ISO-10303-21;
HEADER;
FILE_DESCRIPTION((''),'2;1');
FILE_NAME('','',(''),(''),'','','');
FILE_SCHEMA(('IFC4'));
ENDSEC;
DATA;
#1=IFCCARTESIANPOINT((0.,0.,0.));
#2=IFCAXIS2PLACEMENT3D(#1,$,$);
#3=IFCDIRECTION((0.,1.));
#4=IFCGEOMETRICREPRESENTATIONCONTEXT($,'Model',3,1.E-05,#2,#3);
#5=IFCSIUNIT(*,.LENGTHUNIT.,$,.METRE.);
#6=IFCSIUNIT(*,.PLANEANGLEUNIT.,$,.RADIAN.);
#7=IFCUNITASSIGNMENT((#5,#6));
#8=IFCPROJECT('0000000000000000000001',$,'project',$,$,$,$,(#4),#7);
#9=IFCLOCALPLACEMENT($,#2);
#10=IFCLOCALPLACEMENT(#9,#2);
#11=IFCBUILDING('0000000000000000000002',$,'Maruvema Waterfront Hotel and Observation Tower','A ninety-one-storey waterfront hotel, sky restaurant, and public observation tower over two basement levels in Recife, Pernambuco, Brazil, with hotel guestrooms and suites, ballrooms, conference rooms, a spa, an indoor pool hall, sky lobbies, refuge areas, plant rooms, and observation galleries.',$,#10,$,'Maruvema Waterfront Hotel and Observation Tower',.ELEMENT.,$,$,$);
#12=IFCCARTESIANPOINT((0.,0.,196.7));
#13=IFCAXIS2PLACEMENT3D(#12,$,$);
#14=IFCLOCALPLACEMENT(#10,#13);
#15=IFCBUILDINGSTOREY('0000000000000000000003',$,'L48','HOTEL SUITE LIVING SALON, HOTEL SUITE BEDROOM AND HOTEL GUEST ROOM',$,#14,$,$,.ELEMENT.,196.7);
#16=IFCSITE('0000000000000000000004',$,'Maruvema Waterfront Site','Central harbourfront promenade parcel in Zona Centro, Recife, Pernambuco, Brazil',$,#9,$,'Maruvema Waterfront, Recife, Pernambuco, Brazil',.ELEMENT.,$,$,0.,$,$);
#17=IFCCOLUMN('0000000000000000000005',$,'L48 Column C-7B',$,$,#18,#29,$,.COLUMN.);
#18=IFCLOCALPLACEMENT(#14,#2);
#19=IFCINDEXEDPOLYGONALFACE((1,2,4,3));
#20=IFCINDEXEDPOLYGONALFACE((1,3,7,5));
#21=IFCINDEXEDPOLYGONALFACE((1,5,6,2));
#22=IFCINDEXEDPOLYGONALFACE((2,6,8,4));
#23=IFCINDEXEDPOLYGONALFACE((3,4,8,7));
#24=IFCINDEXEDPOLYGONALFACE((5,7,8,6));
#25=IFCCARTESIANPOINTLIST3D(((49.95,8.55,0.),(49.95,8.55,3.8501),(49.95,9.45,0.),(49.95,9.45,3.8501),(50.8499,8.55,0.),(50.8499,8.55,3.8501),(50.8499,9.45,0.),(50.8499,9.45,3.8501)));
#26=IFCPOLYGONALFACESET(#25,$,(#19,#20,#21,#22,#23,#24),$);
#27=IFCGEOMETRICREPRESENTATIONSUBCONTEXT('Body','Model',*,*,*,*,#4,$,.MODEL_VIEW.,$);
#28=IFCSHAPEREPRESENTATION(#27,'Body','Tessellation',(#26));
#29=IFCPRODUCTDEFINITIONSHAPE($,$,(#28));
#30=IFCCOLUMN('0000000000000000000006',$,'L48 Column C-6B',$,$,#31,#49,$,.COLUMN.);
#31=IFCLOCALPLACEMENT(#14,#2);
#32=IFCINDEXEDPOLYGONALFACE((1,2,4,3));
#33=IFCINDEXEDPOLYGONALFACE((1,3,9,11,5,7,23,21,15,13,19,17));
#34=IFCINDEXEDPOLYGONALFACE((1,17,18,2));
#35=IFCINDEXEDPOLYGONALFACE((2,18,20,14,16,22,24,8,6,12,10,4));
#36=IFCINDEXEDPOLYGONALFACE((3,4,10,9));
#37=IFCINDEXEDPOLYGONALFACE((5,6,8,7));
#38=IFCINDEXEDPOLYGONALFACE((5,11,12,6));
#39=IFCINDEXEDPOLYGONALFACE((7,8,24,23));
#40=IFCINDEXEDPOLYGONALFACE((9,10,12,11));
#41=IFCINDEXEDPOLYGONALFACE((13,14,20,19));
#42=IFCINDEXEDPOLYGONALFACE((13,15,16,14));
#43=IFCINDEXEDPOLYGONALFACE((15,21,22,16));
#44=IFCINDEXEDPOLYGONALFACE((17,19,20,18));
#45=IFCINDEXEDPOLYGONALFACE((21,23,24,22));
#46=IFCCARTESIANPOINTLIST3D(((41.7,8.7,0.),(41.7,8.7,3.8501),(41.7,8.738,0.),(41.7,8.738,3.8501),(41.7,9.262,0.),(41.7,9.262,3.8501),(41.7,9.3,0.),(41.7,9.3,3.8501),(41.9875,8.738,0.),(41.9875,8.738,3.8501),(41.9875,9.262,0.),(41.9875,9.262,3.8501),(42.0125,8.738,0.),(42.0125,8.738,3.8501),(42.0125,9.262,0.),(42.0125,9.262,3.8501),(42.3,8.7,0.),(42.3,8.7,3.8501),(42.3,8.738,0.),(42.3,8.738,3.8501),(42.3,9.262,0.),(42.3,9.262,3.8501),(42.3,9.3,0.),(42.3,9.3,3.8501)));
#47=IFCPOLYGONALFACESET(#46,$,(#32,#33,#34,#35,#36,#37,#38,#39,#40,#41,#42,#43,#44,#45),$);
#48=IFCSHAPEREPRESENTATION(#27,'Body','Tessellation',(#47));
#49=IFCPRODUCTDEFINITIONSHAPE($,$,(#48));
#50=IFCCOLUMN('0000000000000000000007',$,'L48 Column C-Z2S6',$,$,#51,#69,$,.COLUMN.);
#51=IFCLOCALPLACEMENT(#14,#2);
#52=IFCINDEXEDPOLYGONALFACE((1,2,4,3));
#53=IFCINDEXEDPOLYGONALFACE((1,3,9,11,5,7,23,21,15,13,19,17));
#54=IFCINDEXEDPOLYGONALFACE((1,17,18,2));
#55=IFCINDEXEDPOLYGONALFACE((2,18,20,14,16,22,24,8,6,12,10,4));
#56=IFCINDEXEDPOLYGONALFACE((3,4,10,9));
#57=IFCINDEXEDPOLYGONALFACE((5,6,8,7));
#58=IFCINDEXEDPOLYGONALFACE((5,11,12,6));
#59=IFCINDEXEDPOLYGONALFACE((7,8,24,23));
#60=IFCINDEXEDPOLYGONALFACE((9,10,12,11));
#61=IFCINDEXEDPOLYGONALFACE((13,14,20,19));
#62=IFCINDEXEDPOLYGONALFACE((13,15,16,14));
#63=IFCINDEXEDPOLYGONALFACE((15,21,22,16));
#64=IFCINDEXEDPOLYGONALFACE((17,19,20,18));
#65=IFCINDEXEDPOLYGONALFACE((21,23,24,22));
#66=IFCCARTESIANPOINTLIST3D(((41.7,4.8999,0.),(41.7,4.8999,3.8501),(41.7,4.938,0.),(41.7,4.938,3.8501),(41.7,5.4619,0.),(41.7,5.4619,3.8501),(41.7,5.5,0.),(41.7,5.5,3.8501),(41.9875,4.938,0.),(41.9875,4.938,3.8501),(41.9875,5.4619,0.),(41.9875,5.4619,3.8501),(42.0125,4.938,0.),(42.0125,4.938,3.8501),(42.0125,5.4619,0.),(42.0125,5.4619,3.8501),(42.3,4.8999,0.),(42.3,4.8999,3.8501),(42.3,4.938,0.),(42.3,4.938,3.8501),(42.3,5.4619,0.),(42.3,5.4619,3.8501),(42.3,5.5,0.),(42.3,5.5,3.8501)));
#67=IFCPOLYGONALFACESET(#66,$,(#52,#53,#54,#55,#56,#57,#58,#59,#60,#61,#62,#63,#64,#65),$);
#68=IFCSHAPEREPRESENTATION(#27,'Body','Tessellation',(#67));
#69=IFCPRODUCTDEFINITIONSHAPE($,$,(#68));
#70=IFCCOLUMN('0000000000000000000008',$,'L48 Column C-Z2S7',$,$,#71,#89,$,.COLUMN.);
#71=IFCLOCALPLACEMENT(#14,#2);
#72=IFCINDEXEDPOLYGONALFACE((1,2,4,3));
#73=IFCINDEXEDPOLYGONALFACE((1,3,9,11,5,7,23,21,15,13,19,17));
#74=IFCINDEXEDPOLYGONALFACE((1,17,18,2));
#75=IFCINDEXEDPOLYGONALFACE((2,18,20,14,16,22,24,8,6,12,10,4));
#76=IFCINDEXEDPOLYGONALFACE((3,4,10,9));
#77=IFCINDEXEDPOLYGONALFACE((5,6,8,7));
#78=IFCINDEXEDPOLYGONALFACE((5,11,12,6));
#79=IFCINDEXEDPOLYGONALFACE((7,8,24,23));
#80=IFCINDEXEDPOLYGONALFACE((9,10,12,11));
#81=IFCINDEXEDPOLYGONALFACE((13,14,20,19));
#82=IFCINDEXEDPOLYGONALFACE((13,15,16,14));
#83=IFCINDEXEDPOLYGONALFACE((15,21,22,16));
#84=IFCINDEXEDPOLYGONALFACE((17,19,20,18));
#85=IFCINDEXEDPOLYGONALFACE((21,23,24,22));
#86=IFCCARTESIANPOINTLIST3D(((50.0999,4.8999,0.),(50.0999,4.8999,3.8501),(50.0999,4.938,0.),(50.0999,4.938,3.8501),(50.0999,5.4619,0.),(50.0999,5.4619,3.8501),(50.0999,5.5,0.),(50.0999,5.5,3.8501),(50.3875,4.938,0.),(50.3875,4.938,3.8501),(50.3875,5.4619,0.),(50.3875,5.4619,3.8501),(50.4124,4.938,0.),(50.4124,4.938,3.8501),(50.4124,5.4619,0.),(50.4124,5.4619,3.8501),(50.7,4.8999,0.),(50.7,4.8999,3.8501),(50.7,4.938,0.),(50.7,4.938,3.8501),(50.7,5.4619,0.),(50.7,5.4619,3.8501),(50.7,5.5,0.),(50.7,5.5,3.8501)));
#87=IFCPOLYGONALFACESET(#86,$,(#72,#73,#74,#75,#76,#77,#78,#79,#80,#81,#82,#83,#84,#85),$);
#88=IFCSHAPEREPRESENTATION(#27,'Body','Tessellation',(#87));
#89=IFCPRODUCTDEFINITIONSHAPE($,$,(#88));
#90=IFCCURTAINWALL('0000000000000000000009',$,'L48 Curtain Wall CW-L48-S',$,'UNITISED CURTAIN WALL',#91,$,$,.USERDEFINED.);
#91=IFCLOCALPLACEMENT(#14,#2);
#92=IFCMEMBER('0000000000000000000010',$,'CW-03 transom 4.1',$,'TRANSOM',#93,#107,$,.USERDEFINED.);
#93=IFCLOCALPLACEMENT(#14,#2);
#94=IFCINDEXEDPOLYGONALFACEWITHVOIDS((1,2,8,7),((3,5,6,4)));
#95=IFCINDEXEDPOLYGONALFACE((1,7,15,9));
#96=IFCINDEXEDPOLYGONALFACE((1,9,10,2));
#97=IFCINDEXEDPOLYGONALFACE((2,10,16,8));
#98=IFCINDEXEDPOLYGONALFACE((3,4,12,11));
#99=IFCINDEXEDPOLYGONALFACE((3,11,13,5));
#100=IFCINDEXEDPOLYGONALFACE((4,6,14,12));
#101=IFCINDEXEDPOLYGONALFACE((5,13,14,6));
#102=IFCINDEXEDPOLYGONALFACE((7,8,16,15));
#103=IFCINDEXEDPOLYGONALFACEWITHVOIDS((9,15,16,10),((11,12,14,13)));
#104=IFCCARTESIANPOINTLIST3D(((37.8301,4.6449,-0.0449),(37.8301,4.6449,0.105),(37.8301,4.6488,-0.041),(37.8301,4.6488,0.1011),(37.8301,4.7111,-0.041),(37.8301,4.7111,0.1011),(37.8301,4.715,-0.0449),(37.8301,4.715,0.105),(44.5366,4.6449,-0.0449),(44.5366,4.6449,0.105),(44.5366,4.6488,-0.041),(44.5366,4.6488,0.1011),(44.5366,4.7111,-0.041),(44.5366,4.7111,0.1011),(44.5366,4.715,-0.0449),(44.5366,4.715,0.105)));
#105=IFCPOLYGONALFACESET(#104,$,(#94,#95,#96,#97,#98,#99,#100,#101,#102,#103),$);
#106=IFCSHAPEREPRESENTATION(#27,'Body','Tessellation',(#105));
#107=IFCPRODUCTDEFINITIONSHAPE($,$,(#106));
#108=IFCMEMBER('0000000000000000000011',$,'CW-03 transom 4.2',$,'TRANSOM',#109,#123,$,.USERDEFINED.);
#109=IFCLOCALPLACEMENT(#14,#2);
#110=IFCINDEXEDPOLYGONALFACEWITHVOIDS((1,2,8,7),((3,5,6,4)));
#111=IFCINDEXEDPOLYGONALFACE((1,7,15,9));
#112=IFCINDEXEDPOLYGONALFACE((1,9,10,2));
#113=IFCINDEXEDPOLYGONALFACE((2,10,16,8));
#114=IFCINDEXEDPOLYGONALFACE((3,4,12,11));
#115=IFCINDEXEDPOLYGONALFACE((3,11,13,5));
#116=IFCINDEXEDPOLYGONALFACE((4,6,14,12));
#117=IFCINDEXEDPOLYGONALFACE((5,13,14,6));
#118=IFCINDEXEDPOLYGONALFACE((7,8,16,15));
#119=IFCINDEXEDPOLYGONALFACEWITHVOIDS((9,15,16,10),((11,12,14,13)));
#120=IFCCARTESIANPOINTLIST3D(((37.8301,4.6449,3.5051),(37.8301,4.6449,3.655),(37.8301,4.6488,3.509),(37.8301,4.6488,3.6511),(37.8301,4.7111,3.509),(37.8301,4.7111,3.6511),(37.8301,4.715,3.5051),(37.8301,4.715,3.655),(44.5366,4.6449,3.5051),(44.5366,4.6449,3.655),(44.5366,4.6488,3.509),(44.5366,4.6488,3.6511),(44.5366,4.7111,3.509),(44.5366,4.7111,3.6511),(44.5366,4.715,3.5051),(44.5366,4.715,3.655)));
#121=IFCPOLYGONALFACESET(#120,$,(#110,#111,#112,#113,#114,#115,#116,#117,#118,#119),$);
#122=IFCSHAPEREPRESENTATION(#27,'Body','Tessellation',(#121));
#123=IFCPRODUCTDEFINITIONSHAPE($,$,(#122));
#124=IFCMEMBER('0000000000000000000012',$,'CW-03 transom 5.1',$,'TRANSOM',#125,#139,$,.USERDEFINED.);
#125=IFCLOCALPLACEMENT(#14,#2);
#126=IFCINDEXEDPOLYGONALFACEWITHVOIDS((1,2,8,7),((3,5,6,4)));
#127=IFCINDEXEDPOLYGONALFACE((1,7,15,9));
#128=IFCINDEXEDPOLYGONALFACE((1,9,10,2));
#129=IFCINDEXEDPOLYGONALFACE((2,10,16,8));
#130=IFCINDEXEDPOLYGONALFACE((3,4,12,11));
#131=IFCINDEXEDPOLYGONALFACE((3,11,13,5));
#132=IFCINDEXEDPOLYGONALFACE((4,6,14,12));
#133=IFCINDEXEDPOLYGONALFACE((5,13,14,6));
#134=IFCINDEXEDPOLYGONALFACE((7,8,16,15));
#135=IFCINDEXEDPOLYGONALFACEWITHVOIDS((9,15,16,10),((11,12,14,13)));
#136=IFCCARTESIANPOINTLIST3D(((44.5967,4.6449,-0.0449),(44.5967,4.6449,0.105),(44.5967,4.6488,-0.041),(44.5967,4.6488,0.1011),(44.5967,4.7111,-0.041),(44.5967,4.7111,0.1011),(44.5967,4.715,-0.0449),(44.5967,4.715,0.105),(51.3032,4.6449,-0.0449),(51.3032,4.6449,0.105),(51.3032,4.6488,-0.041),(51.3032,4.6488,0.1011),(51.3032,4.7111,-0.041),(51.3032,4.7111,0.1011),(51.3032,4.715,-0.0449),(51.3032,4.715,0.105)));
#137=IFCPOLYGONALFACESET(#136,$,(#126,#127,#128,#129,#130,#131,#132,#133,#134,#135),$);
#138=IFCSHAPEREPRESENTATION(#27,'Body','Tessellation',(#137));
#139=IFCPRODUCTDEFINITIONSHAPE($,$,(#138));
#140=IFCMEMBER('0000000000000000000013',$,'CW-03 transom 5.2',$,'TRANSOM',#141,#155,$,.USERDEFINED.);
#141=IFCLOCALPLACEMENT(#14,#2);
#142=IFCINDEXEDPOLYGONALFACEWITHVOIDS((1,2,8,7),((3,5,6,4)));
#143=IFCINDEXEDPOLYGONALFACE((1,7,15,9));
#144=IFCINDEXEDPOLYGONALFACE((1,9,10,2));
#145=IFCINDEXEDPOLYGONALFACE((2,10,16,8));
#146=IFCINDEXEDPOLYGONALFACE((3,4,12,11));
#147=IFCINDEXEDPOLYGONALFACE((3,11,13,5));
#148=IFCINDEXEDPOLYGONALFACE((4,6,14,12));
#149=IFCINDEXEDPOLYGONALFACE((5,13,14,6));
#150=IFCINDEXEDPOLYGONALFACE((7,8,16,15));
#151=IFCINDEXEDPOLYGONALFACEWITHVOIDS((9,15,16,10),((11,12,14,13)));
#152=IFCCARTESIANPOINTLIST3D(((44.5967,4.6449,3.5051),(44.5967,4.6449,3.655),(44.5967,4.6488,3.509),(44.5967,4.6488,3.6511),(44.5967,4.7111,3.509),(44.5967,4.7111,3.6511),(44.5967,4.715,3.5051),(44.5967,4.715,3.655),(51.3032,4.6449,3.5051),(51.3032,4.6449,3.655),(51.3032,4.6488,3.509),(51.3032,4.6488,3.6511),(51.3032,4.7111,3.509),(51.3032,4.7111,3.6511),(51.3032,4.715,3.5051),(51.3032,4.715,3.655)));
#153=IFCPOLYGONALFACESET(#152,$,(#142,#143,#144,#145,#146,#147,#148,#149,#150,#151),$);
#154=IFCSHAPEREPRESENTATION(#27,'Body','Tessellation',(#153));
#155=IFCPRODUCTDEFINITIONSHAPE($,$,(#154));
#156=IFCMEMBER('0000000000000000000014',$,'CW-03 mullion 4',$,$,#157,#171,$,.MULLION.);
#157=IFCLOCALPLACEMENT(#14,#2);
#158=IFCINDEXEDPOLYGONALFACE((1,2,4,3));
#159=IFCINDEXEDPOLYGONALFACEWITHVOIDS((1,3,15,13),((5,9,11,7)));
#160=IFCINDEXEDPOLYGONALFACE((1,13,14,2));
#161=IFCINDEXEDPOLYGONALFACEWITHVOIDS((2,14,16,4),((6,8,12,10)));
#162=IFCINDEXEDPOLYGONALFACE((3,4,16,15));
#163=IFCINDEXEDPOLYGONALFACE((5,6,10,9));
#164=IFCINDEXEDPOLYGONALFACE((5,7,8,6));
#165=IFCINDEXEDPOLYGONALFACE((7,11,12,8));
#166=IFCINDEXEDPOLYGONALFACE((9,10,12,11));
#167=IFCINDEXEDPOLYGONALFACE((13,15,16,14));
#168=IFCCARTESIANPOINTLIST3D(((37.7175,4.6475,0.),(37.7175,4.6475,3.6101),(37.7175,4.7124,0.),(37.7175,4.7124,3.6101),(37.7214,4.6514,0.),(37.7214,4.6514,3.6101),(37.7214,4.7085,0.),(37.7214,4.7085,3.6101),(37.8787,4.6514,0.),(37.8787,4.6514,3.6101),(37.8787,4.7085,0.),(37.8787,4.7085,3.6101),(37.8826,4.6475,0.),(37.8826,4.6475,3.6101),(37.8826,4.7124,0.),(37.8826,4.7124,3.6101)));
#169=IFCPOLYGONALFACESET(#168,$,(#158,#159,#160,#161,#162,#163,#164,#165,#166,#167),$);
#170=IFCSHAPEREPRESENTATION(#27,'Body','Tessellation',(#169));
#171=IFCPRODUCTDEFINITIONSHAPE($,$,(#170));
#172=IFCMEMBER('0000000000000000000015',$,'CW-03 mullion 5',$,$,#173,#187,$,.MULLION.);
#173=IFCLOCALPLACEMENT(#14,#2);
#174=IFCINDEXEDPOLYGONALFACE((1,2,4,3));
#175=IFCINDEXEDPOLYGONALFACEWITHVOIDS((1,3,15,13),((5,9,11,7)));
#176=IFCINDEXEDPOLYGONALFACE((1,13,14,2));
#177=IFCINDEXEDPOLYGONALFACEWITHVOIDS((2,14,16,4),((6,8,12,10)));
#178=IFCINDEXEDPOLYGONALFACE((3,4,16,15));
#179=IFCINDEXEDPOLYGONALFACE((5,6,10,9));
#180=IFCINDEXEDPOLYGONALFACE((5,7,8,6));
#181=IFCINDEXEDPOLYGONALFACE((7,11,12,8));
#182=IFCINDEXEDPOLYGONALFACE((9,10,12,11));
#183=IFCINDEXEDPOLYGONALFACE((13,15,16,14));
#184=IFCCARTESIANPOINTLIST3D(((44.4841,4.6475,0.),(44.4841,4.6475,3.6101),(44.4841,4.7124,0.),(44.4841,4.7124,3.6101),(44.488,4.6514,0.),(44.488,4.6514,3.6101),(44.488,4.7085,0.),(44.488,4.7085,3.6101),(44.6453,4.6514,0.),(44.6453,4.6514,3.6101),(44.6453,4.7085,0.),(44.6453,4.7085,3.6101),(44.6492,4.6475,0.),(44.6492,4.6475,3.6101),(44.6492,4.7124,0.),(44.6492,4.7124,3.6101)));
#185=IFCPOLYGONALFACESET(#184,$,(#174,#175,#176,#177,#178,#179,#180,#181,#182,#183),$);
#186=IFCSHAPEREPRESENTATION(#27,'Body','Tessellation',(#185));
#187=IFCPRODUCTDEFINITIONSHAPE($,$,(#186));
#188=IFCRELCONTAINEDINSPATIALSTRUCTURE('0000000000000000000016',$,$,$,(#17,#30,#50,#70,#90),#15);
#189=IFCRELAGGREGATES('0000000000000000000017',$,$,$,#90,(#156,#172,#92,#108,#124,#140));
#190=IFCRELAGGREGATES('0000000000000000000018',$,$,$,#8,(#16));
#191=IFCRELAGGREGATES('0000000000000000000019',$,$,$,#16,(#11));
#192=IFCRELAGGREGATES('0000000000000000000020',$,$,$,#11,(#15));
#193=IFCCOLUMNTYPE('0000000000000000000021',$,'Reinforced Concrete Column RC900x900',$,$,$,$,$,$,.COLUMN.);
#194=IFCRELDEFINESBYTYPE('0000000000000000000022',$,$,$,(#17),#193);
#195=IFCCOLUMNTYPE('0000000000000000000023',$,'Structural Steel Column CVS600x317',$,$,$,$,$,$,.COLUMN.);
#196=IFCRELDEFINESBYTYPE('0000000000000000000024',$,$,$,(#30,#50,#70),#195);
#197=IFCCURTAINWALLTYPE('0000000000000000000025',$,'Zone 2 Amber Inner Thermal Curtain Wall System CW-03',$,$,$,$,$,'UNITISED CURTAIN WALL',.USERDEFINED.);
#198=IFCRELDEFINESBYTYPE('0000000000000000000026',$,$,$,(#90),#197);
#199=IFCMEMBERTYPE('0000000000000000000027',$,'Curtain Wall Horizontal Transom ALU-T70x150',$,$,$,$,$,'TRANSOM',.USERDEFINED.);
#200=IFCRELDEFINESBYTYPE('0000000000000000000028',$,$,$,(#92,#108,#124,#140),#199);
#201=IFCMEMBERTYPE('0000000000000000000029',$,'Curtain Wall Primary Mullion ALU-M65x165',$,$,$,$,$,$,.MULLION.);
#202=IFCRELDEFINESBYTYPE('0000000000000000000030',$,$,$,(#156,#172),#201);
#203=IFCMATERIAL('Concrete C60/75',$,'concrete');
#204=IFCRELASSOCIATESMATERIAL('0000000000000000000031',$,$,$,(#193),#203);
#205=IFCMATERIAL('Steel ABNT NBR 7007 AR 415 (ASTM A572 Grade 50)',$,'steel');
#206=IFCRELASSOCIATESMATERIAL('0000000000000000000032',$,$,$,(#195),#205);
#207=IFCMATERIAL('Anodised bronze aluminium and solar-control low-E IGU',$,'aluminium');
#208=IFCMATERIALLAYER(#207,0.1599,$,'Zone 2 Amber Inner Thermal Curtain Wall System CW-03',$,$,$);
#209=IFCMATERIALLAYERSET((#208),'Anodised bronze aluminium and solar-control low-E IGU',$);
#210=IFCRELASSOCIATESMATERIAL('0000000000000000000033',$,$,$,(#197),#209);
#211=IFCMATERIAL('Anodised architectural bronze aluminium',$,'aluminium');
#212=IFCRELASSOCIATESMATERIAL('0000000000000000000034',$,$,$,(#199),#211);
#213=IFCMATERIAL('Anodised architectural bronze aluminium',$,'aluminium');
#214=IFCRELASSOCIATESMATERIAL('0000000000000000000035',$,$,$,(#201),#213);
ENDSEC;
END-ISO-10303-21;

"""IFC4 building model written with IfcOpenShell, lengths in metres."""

from ifc_helpers import new_model, si_unit, direction, frame, origin, origin_2d, place, context, subcontext, project, spatial, rectangle, hollow_rectangle, i_section, extrude, material, layer, layer_set, material_profile, profile_set, type_object, element, aggregate, save


model = new_model("IFC4")

# Units and contexts
model_context = context("Model", 3, precision=1e-05, world=origin(), true_north=direction((0.0, 1.0)))
body_context = subcontext(model_context, "Body", "Model", "MODEL_VIEW")
ifc_project = project(units=[si_unit("LENGTHUNIT", "METRE"), si_unit("PLANEANGLEUNIT", "RADIAN")], contexts=[model_context])

# Site, building, storey
site_placement = place(None, origin())
site = spatial("IfcSite", under=ifc_project, at=site_placement, Name="Maruvema Waterfront Site", Description="Central harbourfront promenade parcel in Zona Centro, Recife, Pernambuco, Brazil", LongName="Maruvema Waterfront, Recife, Pernambuco, Brazil", CompositionType="ELEMENT", RefElevation=0.0)
building_placement = place(site_placement, origin())
building = spatial("IfcBuilding", under=site, at=building_placement, Name="Maruvema Waterfront Hotel and Observation Tower", Description="A ninety-one-storey waterfront hotel, sky restaurant, and public observation tower over two basement levels in Recife, Pernambuco, Brazil, with hotel guestrooms and suites, ballrooms, conference rooms, a spa, an indoor pool hall, sky lobbies, refuge areas, plant rooms, and observation galleries.", LongName="Maruvema Waterfront Hotel and Observation Tower", CompositionType="ELEMENT")
storey_placement = place(building_placement, frame((0.0, 0.0, 196.7)))
storey = spatial("IfcBuildingStorey", under=building, at=storey_placement, Name="L48", Description="HOTEL SUITE LIVING SALON, HOTEL SUITE BEDROOM AND HOTEL GUEST ROOM", CompositionType="ELEMENT", Elevation=196.7)

# Columns
ifc_material_1 = material(Name="Concrete C60/75", Category="concrete")
ifc_material_profile_1 = material_profile(ifc_material_1, rectangle(XDim=0.8999, YDim=0.8999, at=origin_2d()), Name="RC900x900")
ifc_profile_set_1 = profile_set([ifc_material_profile_1], Name="Concrete C60/75")
column_type_1 = type_object("IfcColumnType", Name="Reinforced Concrete Column RC900x900", PredefinedType="COLUMN", material=ifc_profile_set_1)
column_placement = place(storey_placement, frame((50.3999, 9.0, 0.0), z_axis=(0.0, 0.0, 1.0), x_axis=(1.0, 0.0, 0.0)))
element("IfcColumn", 1, at=column_placement, inside=storey, type_object=column_type_1, Name="L48 Column C-7B", PredefinedType="COLUMN", context=body_context, shape_type="SweptSolid", body=[
    extrude(rectangle(XDim=0.8999, YDim=0.8999, at=origin_2d()), origin(), (0.0, 0.0, 1.0), 3.8501),
])
ifc_material_2 = material(Name="Steel ABNT NBR 7007 AR 415 (ASTM A572 Grade 50)", Category="steel")
ifc_material_profile_2 = material_profile(ifc_material_2, i_section(OverallWidth=0.6001, OverallDepth=0.6001, WebThickness=0.0249, FlangeThickness=0.0381, at=origin_2d()), Name="CVS600x317")
ifc_profile_set_2 = profile_set([ifc_material_profile_2], Name="Steel ABNT NBR 7007 AR 415 (ASTM A572 Grade 50)")
column_type_2 = type_object("IfcColumnType", Name="Structural Steel Column CVS600x317", PredefinedType="COLUMN", material=ifc_profile_set_2)
for number, where, z_axis, x_axis, name in (
    (2, (42.0, 9.0, 0.0), (0.0, 0.0, 1.0), (1.0, 0.0, 0.0), "L48 Column C-6B"),
    (3, (42.0, 5.2, 0.0), (0.0, 0.0, 1.0), (1.0, 0.0, 0.0), "L48 Column C-Z2S6"),
    (4, (50.3999, 5.2, 0.0), (0.0, 0.0, 1.0), (1.0, 0.0, 0.0), "L48 Column C-Z2S7"),
):
    element("IfcColumn", number, at=place(storey_placement, frame(where, z_axis=z_axis, x_axis=x_axis)), inside=storey, type_object=column_type_2, Name=name, PredefinedType="COLUMN", context=body_context, shape_type="SweptSolid", body=[
        extrude(i_section(OverallWidth=0.6001, OverallDepth=0.6001, WebThickness=0.0249, FlangeThickness=0.0381, at=origin_2d()), origin(), (0.0, 0.0, 1.0), 3.8501),
    ])

# Curtain wall, members
ifc_material_3 = material(Name="Anodised bronze aluminium and solar-control low-E IGU", Category="aluminium")
ifc_layer_1 = layer(ifc_material_3, 0.1599, Name="Zone 2 Amber Inner Thermal Curtain Wall System CW-03")
ifc_layer_set_1 = layer_set([ifc_layer_1], Name="Anodised bronze aluminium and solar-control low-E IGU")
curtain_wall_type = type_object("IfcCurtainWallType", Name="Zone 2 Amber Inner Thermal Curtain Wall System CW-03", ElementType="UNITISED CURTAIN WALL", PredefinedType="USERDEFINED", material=ifc_layer_set_1)
curtain_wall_placement = place(storey_placement, origin())
curtain_wall = element("IfcCurtainWall", 5, at=curtain_wall_placement, inside=storey, type_object=curtain_wall_type, Name="L48 Curtain Wall CW-L48-S", ObjectType="UNITISED CURTAIN WALL", PredefinedType="USERDEFINED")
ifc_material_4 = material(Name="Anodised architectural bronze aluminium", Category="aluminium")
ifc_material_profile_3 = material_profile(ifc_material_4, hollow_rectangle(XDim=0.0701, YDim=0.1499, WallThickness=0.0039, at=origin_2d()), Name="ALU-T70x150")
ifc_profile_set_3 = profile_set([ifc_material_profile_3], Name="Anodised architectural bronze aluminium")
member_type_1 = type_object("IfcMemberType", Name="Curtain Wall Horizontal Transom ALU-T70x150", ElementType="TRANSOM", PredefinedType="USERDEFINED", material=ifc_profile_set_3)
member_1_placement = place(storey_placement, frame((37.8301, 4.6799, 0.03), z_axis=(1.0, 0.0, 0.0), x_axis=(0.0, 1.0, 0.0)))
member_1 = element("IfcMember", 6, at=member_1_placement, type_object=member_type_1, Name="CW-03 transom 4.1", ObjectType="TRANSOM", PredefinedType="USERDEFINED", context=body_context, shape_type="SweptSolid", body=[
    extrude(hollow_rectangle(XDim=0.0701, YDim=0.1499, WallThickness=0.0039, at=origin_2d()), origin(), (0.0, 0.0, 1.0), 6.7065),
])
member_2_placement = place(storey_placement, frame((37.8301, 4.6799, 3.5801), z_axis=(1.0, 0.0, 0.0), x_axis=(0.0, 1.0, 0.0)))
member_2 = element("IfcMember", 7, at=member_2_placement, type_object=member_type_1, Name="CW-03 transom 4.2", ObjectType="TRANSOM", PredefinedType="USERDEFINED", context=body_context, shape_type="SweptSolid", body=[
    extrude(hollow_rectangle(XDim=0.0701, YDim=0.1499, WallThickness=0.0039, at=origin_2d()), origin(), (0.0, 0.0, 1.0), 6.7065),
])
member_3_placement = place(storey_placement, frame((44.5967, 4.6799, 0.03), z_axis=(1.0, 0.0, 0.0), x_axis=(0.0, 1.0, 0.0)))
member_3 = element("IfcMember", 8, at=member_3_placement, type_object=member_type_1, Name="CW-03 transom 5.1", ObjectType="TRANSOM", PredefinedType="USERDEFINED", context=body_context, shape_type="SweptSolid", body=[
    extrude(hollow_rectangle(XDim=0.0701, YDim=0.1499, WallThickness=0.0039, at=origin_2d()), origin(), (0.0, 0.0, 1.0), 6.7065),
])
member_4_placement = place(storey_placement, frame((44.5967, 4.6799, 3.5801), z_axis=(1.0, 0.0, 0.0), x_axis=(0.0, 1.0, 0.0)))
member_4 = element("IfcMember", 9, at=member_4_placement, type_object=member_type_1, Name="CW-03 transom 5.2", ObjectType="TRANSOM", PredefinedType="USERDEFINED", context=body_context, shape_type="SweptSolid", body=[
    extrude(hollow_rectangle(XDim=0.0701, YDim=0.1499, WallThickness=0.0039, at=origin_2d()), origin(), (0.0, 0.0, 1.0), 6.7065),
])
ifc_material_5 = material(Name="Anodised architectural bronze aluminium", Category="aluminium")
ifc_material_profile_4 = material_profile(ifc_material_5, hollow_rectangle(XDim=0.0649, YDim=0.165, WallThickness=0.0039, at=origin_2d()), Name="ALU-M65x165")
ifc_profile_set_4 = profile_set([ifc_material_profile_4], Name="Anodised architectural bronze aluminium")
member_type_2 = type_object("IfcMemberType", Name="Curtain Wall Primary Mullion ALU-M65x165", PredefinedType="MULLION", material=ifc_profile_set_4)
member_5_placement = place(storey_placement, frame((37.8, 4.6799, 0.0), z_axis=(0.0, 0.0, 1.0), x_axis=(0.0, 1.0, 0.0)))
member_5 = element("IfcMember", 10, at=member_5_placement, type_object=member_type_2, Name="CW-03 mullion 4", PredefinedType="MULLION", context=body_context, shape_type="SweptSolid", body=[
    extrude(hollow_rectangle(XDim=0.0649, YDim=0.165, WallThickness=0.0039, at=origin_2d()), origin(), (0.0, 0.0, 1.0), 3.6101),
])
member_6_placement = place(storey_placement, frame((44.5667, 4.6799, 0.0), z_axis=(0.0, 0.0, 1.0), x_axis=(0.0, 1.0, 0.0)))
member_6 = element("IfcMember", 11, at=member_6_placement, type_object=member_type_2, Name="CW-03 mullion 5", PredefinedType="MULLION", context=body_context, shape_type="SweptSolid", body=[
    extrude(hollow_rectangle(XDim=0.0649, YDim=0.165, WallThickness=0.0039, at=origin_2d()), origin(), (0.0, 0.0, 1.0), 3.6101),
])

aggregate(curtain_wall, [member_5, member_6, member_1, member_2, member_3, member_4])

save(model, "model.ifc")
